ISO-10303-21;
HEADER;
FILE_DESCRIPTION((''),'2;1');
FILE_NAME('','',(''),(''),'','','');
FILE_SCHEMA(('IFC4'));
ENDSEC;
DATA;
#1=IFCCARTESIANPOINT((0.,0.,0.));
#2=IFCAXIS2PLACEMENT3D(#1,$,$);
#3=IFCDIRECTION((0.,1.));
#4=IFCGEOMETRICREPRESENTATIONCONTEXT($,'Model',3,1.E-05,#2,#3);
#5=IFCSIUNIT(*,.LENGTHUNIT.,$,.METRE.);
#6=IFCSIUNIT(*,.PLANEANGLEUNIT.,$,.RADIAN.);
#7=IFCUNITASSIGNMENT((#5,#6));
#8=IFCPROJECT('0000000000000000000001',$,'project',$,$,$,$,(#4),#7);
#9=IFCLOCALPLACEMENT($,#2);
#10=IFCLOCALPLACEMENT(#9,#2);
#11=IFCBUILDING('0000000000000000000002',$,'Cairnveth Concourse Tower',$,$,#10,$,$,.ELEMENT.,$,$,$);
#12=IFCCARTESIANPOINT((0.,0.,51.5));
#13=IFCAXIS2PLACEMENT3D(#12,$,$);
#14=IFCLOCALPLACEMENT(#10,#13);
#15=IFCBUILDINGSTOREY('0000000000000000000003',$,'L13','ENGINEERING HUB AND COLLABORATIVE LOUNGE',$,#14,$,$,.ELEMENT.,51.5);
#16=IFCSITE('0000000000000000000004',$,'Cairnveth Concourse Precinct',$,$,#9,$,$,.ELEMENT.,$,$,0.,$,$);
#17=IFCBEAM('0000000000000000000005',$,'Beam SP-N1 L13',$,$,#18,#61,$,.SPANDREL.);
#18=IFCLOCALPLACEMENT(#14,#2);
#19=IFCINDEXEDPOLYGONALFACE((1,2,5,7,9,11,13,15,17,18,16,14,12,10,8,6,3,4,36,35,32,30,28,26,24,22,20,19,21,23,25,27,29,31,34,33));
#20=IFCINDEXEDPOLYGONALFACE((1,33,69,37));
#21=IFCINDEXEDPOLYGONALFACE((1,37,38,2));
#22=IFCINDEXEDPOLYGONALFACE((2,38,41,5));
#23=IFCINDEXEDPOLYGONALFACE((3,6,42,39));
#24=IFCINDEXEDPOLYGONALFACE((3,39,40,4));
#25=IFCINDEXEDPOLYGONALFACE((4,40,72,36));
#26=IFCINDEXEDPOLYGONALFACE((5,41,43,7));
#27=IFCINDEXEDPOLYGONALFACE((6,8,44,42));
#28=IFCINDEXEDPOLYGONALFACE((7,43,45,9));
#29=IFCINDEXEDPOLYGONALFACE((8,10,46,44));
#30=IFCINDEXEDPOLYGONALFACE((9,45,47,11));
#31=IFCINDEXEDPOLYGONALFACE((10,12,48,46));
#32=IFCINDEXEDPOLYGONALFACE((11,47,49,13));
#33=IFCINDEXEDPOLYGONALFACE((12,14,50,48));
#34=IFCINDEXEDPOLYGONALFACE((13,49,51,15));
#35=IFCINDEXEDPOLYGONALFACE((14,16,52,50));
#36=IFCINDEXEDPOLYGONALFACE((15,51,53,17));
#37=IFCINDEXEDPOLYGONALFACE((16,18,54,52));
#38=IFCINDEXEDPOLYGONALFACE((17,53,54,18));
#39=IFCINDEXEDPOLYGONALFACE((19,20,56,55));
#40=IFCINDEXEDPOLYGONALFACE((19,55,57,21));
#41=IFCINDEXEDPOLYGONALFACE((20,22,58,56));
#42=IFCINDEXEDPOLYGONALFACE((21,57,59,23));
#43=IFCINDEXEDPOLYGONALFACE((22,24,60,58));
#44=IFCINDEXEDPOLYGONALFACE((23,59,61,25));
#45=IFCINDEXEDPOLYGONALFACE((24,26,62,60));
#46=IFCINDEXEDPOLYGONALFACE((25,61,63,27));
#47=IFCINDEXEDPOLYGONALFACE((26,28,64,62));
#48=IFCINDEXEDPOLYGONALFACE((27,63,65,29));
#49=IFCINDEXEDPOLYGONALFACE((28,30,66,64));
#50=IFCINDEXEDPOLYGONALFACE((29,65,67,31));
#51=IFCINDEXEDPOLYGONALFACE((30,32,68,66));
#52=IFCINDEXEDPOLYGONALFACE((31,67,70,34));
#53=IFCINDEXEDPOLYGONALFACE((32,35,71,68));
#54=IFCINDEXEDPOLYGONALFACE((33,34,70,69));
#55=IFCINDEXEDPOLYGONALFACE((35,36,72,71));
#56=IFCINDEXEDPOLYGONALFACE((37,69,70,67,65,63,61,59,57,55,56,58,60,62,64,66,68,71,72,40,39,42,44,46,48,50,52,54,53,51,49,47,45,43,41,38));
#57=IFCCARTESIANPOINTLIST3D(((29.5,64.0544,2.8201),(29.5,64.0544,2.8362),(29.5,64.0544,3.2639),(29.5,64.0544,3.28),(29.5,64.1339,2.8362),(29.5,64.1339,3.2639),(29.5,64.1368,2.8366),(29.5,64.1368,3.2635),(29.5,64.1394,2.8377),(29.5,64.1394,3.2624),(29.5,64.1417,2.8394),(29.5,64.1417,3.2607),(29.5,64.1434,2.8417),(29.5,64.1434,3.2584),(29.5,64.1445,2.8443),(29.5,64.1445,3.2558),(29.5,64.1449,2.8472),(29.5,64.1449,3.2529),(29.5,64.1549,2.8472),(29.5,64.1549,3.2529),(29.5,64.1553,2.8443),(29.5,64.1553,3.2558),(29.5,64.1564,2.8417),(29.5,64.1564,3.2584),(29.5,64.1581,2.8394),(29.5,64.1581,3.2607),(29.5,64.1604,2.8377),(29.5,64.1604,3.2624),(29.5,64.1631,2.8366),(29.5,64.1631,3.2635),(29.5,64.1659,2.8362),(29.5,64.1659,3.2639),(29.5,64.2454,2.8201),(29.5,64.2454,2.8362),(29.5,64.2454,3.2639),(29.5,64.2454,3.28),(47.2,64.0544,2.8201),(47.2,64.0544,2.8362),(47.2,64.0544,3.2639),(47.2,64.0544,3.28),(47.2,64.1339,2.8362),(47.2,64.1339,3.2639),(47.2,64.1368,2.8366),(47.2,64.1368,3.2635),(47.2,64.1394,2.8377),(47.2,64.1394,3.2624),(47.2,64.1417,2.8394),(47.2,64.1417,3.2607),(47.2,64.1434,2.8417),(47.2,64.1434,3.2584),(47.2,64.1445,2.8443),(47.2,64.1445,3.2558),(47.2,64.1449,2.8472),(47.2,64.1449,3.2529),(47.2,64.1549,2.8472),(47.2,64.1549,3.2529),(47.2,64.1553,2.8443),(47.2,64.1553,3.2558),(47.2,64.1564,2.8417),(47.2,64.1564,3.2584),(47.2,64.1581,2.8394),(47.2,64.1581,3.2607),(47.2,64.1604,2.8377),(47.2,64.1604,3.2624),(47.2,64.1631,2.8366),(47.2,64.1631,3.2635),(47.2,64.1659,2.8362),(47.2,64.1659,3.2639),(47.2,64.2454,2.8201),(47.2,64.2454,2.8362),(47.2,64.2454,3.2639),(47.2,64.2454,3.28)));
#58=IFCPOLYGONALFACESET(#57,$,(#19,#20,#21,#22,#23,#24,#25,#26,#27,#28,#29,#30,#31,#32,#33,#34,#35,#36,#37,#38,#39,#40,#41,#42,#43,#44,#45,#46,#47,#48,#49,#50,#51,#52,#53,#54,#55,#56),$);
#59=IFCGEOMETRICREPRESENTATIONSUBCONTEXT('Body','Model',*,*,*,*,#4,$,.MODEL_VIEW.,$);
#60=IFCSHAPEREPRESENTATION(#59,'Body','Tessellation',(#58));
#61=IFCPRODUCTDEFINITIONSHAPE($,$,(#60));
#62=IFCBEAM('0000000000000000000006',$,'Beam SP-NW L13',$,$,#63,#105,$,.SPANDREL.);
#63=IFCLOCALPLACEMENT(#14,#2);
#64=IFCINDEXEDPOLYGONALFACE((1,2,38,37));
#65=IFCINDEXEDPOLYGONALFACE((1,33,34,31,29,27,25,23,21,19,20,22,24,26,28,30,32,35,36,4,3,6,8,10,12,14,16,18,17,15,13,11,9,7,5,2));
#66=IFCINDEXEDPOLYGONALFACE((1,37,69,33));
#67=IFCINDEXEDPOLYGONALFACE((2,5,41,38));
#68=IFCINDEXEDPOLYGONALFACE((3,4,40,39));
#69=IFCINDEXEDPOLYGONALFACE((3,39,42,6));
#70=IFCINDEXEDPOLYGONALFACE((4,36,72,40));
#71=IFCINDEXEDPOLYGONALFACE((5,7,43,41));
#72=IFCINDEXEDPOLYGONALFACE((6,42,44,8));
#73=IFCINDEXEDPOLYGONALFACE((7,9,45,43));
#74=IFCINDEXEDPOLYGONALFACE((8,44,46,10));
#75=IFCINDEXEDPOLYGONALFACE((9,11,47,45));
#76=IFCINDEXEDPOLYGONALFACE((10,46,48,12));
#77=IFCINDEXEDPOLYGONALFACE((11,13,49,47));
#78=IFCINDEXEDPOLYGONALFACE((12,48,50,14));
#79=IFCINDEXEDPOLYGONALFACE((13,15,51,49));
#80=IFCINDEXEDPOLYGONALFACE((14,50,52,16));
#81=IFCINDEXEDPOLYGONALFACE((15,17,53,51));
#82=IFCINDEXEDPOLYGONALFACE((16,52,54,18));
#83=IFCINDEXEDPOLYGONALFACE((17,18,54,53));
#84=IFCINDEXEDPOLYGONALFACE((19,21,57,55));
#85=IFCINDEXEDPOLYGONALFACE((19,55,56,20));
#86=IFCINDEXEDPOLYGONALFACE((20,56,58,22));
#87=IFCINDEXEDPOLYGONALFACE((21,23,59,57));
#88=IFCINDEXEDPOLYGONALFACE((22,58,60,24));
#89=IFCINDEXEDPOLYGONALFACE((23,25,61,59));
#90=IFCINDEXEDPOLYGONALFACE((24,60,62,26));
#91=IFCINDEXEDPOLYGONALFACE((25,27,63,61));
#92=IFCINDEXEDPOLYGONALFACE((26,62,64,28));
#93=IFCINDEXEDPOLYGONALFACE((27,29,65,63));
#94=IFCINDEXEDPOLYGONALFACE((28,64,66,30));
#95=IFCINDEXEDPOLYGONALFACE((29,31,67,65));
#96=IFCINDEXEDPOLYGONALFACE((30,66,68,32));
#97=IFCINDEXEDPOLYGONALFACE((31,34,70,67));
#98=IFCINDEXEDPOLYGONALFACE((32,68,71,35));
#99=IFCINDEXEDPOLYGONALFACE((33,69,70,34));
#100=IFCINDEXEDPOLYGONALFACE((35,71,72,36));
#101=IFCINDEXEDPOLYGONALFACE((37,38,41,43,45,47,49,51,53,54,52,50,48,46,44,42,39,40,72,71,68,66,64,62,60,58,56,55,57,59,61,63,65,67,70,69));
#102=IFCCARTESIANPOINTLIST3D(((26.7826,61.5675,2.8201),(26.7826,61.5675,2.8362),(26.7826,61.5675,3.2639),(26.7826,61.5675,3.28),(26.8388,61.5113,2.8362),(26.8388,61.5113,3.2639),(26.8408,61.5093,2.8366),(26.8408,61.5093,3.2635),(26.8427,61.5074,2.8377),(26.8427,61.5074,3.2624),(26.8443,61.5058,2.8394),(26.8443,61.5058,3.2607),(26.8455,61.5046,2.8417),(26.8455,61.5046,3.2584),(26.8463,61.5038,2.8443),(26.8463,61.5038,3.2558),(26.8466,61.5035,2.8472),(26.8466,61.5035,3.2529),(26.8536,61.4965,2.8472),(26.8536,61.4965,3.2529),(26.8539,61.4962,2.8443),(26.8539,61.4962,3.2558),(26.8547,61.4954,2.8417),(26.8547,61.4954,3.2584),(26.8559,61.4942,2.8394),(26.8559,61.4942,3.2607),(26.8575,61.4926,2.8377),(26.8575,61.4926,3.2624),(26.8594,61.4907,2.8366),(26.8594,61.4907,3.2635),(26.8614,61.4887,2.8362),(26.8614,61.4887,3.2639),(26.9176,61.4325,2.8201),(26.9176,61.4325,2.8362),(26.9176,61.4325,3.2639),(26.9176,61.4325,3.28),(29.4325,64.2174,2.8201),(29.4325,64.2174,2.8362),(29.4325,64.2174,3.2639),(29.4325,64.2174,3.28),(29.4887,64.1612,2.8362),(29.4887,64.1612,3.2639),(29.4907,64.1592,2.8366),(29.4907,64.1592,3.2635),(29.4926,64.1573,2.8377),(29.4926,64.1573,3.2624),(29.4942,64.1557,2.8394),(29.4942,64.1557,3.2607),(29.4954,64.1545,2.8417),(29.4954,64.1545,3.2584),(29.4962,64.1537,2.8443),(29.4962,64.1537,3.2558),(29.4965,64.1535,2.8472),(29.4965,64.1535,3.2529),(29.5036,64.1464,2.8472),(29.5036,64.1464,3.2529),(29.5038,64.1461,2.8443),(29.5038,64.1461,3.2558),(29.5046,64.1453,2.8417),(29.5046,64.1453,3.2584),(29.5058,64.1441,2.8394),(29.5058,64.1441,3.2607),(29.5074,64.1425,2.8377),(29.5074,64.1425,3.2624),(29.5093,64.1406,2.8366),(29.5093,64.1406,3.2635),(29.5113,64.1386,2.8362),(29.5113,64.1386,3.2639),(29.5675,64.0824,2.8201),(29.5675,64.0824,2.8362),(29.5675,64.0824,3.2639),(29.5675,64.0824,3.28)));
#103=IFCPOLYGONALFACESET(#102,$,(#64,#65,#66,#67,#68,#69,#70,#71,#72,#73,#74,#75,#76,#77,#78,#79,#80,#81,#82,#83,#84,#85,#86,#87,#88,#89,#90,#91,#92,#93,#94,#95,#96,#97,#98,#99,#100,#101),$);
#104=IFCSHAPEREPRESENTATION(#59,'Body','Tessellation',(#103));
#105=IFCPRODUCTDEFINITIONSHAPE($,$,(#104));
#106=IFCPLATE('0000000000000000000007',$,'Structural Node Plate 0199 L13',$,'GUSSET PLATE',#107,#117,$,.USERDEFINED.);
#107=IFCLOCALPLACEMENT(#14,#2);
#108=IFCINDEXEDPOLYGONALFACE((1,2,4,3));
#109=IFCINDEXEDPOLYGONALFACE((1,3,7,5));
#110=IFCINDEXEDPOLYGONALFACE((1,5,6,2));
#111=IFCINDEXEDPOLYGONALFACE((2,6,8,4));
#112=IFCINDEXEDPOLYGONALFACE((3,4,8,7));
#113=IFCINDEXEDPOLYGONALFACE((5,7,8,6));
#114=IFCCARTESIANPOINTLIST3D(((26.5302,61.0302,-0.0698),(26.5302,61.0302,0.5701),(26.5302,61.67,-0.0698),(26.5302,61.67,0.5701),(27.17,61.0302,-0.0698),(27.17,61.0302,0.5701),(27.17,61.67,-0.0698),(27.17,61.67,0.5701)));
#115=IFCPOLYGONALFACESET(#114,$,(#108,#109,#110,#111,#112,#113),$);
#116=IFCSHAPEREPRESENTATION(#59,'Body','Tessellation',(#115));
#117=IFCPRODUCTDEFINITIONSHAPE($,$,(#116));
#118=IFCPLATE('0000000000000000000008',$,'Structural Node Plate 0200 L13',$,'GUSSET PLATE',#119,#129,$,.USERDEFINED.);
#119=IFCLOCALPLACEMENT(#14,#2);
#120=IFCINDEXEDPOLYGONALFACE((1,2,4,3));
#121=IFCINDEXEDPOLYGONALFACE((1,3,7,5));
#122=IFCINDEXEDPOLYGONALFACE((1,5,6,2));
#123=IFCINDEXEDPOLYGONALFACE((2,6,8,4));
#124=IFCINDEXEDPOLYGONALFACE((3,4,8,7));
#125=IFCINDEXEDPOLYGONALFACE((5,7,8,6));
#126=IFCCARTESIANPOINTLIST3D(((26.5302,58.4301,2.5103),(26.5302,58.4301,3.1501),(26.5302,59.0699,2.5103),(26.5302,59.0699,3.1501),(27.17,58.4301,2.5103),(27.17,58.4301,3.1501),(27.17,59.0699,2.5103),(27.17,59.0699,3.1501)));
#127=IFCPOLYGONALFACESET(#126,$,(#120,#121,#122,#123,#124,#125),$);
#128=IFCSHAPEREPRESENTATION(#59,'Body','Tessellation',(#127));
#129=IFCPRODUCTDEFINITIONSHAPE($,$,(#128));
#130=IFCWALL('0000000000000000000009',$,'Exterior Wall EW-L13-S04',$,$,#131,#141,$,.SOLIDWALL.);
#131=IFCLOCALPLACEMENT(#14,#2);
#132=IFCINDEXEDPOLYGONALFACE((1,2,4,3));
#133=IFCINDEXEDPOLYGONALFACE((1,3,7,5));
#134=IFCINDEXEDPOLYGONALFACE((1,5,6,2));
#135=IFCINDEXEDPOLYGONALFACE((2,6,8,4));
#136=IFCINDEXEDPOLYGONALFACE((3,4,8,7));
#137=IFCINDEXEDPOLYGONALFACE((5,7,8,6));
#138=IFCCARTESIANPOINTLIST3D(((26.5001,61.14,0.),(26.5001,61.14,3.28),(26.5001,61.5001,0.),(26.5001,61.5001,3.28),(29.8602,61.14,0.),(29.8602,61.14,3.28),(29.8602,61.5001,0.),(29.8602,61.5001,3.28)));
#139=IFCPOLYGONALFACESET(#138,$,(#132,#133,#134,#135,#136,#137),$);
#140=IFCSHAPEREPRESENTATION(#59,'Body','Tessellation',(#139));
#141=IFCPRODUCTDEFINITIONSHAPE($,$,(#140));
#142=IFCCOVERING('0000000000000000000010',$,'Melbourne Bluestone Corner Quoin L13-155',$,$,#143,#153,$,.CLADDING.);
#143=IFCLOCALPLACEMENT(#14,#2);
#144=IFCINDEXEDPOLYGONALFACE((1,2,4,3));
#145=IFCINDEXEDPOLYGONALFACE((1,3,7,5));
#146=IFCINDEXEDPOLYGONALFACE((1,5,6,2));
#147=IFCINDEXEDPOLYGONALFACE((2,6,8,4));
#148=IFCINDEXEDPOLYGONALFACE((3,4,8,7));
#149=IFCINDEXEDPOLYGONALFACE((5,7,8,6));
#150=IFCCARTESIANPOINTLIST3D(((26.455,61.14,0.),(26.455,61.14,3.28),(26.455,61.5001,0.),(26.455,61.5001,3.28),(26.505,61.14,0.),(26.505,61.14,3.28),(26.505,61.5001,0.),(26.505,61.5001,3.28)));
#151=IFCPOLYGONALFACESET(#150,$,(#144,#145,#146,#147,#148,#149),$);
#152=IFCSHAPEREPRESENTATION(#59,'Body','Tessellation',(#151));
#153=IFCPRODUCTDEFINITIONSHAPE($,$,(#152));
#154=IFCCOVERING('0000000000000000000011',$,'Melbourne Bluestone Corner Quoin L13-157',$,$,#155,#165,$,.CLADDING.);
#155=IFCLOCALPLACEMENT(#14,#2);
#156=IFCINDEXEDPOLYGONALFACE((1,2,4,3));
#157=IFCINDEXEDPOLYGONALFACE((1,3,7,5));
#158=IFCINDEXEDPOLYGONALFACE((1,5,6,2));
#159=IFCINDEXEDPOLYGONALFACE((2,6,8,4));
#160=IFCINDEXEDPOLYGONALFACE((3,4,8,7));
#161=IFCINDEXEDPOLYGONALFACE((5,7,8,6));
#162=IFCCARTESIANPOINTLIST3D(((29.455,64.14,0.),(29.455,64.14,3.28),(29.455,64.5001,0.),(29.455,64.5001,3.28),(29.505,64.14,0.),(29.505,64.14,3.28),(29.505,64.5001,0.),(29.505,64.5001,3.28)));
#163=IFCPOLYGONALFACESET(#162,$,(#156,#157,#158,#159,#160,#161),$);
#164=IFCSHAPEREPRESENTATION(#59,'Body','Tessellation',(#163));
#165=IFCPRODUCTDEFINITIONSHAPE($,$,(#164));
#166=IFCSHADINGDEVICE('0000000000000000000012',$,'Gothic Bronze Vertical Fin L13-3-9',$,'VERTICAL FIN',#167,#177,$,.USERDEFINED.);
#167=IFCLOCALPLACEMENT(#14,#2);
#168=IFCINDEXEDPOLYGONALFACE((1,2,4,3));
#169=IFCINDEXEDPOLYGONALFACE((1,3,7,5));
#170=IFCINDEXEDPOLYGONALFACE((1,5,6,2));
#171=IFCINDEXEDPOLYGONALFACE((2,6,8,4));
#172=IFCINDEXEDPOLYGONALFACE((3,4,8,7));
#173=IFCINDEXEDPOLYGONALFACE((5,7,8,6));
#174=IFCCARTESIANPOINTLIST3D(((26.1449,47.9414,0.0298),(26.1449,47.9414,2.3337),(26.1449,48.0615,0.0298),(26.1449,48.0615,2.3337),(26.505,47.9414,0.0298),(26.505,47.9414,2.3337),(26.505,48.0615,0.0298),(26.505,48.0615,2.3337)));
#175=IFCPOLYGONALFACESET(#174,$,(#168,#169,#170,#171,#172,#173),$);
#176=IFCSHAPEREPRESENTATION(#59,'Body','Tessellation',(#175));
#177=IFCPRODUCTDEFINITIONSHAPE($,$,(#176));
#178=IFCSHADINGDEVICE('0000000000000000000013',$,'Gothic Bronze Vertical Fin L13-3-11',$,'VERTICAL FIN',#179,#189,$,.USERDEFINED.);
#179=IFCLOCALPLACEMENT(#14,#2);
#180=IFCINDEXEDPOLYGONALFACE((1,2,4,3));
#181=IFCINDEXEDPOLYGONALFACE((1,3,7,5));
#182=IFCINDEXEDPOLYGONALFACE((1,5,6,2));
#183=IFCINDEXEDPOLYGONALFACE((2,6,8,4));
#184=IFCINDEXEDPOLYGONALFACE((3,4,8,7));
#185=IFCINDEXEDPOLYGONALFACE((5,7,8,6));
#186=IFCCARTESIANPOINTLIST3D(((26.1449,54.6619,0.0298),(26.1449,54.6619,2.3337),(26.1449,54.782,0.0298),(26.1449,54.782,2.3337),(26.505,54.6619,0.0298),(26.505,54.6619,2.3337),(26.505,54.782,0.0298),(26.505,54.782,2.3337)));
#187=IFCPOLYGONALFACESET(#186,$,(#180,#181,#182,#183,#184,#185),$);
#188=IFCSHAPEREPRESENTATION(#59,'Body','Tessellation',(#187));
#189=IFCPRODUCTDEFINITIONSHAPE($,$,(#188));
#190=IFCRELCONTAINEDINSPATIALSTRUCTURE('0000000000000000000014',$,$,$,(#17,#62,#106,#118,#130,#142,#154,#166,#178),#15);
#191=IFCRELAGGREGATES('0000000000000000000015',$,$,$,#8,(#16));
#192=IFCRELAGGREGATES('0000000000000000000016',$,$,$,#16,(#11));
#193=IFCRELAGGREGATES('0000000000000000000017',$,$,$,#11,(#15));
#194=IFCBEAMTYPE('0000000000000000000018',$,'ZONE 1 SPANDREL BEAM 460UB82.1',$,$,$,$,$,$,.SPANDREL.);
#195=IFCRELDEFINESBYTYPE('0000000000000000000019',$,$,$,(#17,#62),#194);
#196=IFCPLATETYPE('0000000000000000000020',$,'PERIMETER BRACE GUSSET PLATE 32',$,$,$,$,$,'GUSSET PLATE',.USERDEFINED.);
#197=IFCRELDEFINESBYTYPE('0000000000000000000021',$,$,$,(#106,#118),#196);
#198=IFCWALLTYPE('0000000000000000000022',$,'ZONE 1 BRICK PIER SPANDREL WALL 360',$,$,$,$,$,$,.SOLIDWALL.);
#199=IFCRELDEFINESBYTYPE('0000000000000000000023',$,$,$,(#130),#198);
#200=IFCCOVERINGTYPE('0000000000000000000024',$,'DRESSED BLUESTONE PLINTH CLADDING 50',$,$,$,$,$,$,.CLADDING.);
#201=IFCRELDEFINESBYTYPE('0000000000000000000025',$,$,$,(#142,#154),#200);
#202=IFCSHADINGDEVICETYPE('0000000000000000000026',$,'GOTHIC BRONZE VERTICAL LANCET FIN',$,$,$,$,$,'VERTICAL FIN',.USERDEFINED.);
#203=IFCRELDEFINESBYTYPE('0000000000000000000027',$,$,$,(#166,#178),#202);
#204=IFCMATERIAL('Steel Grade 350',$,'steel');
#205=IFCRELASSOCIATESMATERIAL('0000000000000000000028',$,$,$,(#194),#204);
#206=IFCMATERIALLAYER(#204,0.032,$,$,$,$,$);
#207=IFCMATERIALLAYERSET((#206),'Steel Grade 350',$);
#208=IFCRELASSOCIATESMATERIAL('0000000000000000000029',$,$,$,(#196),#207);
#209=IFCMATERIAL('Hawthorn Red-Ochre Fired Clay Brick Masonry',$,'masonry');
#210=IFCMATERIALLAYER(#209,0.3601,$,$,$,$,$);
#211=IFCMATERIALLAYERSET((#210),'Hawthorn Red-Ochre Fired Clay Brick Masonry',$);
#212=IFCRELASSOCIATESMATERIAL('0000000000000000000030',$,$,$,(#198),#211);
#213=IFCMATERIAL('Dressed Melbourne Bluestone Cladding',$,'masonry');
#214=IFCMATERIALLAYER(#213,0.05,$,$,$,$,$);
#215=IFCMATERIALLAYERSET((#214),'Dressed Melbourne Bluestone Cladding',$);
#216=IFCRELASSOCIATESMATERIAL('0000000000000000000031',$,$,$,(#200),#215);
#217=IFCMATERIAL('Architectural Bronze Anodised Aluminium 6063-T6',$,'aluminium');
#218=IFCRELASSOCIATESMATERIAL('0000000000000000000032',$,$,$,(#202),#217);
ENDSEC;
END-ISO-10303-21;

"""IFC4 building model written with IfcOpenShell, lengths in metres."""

from ifc_helpers import new_model, si_unit, direction, frame, frame_2d, origin, origin_2d, place, context, subcontext, project, spatial, rectangle, i_section, extrude, material, layer, layer_set, material_profile, profile_set, type_object, element, save


model = new_model("IFC4")

# Units and contexts
model_context = context("Model", 3, precision=1e-05, world=origin(), true_north=direction((0.0, 1.0)))
body_context = subcontext(model_context, "Body", "Model", "MODEL_VIEW")
ifc_project = project(units=[si_unit("LENGTHUNIT", "METRE"), si_unit("PLANEANGLEUNIT", "RADIAN")], contexts=[model_context])

# Site, building, storey
site_placement = place(None, origin())
site = spatial("IfcSite", under=ifc_project, at=site_placement, Name="Cairnveth Concourse Precinct", CompositionType="ELEMENT", RefElevation=0.0)
building_placement = place(site_placement, origin())
building = spatial("IfcBuilding", under=site, at=building_placement, Name="Cairnveth Concourse Tower", CompositionType="ELEMENT")
storey_placement = place(building_placement, frame((0.0, 0.0, 51.5)))
storey = spatial("IfcBuildingStorey", under=building, at=storey_placement, Name="L13", Description="ENGINEERING HUB AND COLLABORATIVE LOUNGE", CompositionType="ELEMENT", Elevation=51.5)

# Shared definitions
ifc_material_1 = material(Name="Steel Grade 350", Category="steel")

# Beams
ifc_material_profile_1 = material_profile(ifc_material_1, i_section(OverallWidth=0.1909, OverallDepth=0.46, WebThickness=0.01, FlangeThickness=0.0161, FilletRadius=0.011, at=origin_2d()), Name="460UB82.1")
ifc_profile_set_1 = profile_set([ifc_material_profile_1], Name="Steel Grade 350")
beam_type_1 = type_object("IfcBeamType", Name="ZONE 1 SPANDREL BEAM 460UB82.1", PredefinedType="SPANDREL", material=ifc_profile_set_1)
beam_1_placement = place(storey_placement, frame((29.5, 64.1499, 3.05), z_axis=(1.0, 0.0, 0.0), x_axis=(0.0, 1.0, 0.0)))
element("IfcBeam", 1, at=beam_1_placement, inside=storey, type_object=beam_type_1, Name="Beam SP-N1 L13", PredefinedType="SPANDREL", context=body_context, shape_type="SweptSolid", body=[
    extrude(i_section(OverallWidth=0.1909, OverallDepth=0.46, WebThickness=0.01, FlangeThickness=0.0161, FilletRadius=0.011, at=origin_2d()), origin(), (0.0, 0.0, 1.0), 17.7),
])
beam_2_placement = place(storey_placement, frame((26.8501, 61.5, 3.05), z_axis=(0.707107, 0.707107, 0.0), x_axis=(-0.707107, 0.707107, 0.0)))
element("IfcBeam", 2, at=beam_2_placement, inside=storey, type_object=beam_type_1, Name="Beam SP-NW L13", PredefinedType="SPANDREL", context=body_context, shape_type="SweptSolid", body=[
    extrude(i_section(OverallWidth=0.1909, OverallDepth=0.46, WebThickness=0.01, FlangeThickness=0.0161, FilletRadius=0.011, at=origin_2d()), origin(), (0.0, 0.0, 1.0), 3.7476),
])

# Plates
ifc_layer_1 = layer(ifc_material_1, 0.032)
ifc_layer_set_1 = layer_set([ifc_layer_1], Name="Steel Grade 350")
plate_type = type_object("IfcPlateType", Name="PERIMETER BRACE GUSSET PLATE 32", ElementType="GUSSET PLATE", PredefinedType="USERDEFINED", material=ifc_layer_set_1)
for number, where, z_axis, x_axis, name in (
    (3, (26.8501, 61.3501, -0.0698), (0.0, 0.0, 1.0), (1.0, 0.0, 0.0), "Structural Node Plate 0199 L13"),
    (4, (26.8501, 58.75, 2.5103), (0.0, 0.0, 1.0), (1.0, 0.0, 0.0), "Structural Node Plate 0200 L13"),
):
    element("IfcPlate", number, at=place(storey_placement, frame(where, z_axis=z_axis, x_axis=x_axis)), inside=storey, type_object=plate_type, Name=name, ObjectType="GUSSET PLATE", PredefinedType="USERDEFINED", context=body_context, shape_type="SweptSolid", body=[
        extrude(rectangle(XDim=0.6399, YDim=0.6399, at=origin_2d()), origin(), (0.0, 0.0, 1.0), 0.6399),
    ])

# Wall
ifc_material_2 = material(Name="Hawthorn Red-Ochre Fired Clay Brick Masonry", Category="masonry")
ifc_layer_2 = layer(ifc_material_2, 0.3601)
ifc_layer_set_2 = layer_set([ifc_layer_2], Name="Hawthorn Red-Ochre Fired Clay Brick Masonry")
wall_type = type_object("IfcWallType", Name="ZONE 1 BRICK PIER SPANDREL WALL 360", PredefinedType="SOLIDWALL", material=ifc_layer_set_2)
wall_placement = place(storey_placement, frame((26.5, 61.3201, 0.0), z_axis=(0.0, 0.0, 1.0), x_axis=(1.0, 0.0, 0.0)))
element("IfcWall", 5, at=wall_placement, inside=storey, type_object=wall_type, Name="Exterior Wall EW-L13-S04", PredefinedType="SOLIDWALL", context=body_context, shape_type="SweptSolid", body=[
    extrude(rectangle(XDim=3.3601, YDim=0.3601, at=frame_2d((1.6802, 0.0))), origin(), (0.0, 0.0, 1.0), 3.28),
])

# Coverings
ifc_material_3 = material(Name="Dressed Melbourne Bluestone Cladding", Category="masonry")
ifc_layer_3 = layer(ifc_material_3, 0.05)
ifc_layer_set_3 = layer_set([ifc_layer_3], Name="Dressed Melbourne Bluestone Cladding")
covering_type = type_object("IfcCoveringType", Name="DRESSED BLUESTONE PLINTH CLADDING 50", PredefinedType="CLADDING", material=ifc_layer_set_3)
for number, where, z_axis, x_axis, name in (
    (6, (26.48, 61.1399, 0.0), (0.0, 0.0, 1.0), (0.0, 1.0, 0.0), "Melbourne Bluestone Corner Quoin L13-155"),
    (7, (29.48, 64.1399, 0.0), (0.0, 0.0, 1.0), (0.0, 1.0, 0.0), "Melbourne Bluestone Corner Quoin L13-157"),
):
    element("IfcCovering", number, at=place(storey_placement, frame(where, z_axis=z_axis, x_axis=x_axis)), inside=storey, type_object=covering_type, Name=name, PredefinedType="CLADDING", context=body_context, shape_type="SweptSolid", body=[
        extrude(rectangle(XDim=0.3601, YDim=0.05, at=frame_2d((0.1802, 0.0))), origin(), (0.0, 0.0, 1.0), 3.28),
    ])

# Shading devices
ifc_material_4 = material(Name="Architectural Bronze Anodised Aluminium 6063-T6", Category="aluminium")
shading_device_type = type_object("IfcShadingDeviceType", Name="GOTHIC BRONZE VERTICAL LANCET FIN", ElementType="VERTICAL FIN", PredefinedType="USERDEFINED", material=ifc_material_4)
for number, where, z_axis, x_axis, name in (
    (8, (26.325, 48.0015, 0.0298), (0.0, 0.0, 1.0), (0.0, 1.0, 0.0), "Gothic Bronze Vertical Fin L13-3-9"),
    (9, (26.325, 54.7219, 0.0298), (0.0, 0.0, 1.0), (0.0, 1.0, 0.0), "Gothic Bronze Vertical Fin L13-3-11"),
):
    element("IfcShadingDevice", number, at=place(storey_placement, frame(where, z_axis=z_axis, x_axis=x_axis)), inside=storey, type_object=shading_device_type, Name=name, ObjectType="VERTICAL FIN", PredefinedType="USERDEFINED", context=body_context, shape_type="SweptSolid", body=[
        extrude(rectangle(XDim=0.1201, YDim=0.3601, at=origin_2d()), origin(), (0.0, 0.0, 1.0), 2.304),
    ])

save(model, "model.ifc")
